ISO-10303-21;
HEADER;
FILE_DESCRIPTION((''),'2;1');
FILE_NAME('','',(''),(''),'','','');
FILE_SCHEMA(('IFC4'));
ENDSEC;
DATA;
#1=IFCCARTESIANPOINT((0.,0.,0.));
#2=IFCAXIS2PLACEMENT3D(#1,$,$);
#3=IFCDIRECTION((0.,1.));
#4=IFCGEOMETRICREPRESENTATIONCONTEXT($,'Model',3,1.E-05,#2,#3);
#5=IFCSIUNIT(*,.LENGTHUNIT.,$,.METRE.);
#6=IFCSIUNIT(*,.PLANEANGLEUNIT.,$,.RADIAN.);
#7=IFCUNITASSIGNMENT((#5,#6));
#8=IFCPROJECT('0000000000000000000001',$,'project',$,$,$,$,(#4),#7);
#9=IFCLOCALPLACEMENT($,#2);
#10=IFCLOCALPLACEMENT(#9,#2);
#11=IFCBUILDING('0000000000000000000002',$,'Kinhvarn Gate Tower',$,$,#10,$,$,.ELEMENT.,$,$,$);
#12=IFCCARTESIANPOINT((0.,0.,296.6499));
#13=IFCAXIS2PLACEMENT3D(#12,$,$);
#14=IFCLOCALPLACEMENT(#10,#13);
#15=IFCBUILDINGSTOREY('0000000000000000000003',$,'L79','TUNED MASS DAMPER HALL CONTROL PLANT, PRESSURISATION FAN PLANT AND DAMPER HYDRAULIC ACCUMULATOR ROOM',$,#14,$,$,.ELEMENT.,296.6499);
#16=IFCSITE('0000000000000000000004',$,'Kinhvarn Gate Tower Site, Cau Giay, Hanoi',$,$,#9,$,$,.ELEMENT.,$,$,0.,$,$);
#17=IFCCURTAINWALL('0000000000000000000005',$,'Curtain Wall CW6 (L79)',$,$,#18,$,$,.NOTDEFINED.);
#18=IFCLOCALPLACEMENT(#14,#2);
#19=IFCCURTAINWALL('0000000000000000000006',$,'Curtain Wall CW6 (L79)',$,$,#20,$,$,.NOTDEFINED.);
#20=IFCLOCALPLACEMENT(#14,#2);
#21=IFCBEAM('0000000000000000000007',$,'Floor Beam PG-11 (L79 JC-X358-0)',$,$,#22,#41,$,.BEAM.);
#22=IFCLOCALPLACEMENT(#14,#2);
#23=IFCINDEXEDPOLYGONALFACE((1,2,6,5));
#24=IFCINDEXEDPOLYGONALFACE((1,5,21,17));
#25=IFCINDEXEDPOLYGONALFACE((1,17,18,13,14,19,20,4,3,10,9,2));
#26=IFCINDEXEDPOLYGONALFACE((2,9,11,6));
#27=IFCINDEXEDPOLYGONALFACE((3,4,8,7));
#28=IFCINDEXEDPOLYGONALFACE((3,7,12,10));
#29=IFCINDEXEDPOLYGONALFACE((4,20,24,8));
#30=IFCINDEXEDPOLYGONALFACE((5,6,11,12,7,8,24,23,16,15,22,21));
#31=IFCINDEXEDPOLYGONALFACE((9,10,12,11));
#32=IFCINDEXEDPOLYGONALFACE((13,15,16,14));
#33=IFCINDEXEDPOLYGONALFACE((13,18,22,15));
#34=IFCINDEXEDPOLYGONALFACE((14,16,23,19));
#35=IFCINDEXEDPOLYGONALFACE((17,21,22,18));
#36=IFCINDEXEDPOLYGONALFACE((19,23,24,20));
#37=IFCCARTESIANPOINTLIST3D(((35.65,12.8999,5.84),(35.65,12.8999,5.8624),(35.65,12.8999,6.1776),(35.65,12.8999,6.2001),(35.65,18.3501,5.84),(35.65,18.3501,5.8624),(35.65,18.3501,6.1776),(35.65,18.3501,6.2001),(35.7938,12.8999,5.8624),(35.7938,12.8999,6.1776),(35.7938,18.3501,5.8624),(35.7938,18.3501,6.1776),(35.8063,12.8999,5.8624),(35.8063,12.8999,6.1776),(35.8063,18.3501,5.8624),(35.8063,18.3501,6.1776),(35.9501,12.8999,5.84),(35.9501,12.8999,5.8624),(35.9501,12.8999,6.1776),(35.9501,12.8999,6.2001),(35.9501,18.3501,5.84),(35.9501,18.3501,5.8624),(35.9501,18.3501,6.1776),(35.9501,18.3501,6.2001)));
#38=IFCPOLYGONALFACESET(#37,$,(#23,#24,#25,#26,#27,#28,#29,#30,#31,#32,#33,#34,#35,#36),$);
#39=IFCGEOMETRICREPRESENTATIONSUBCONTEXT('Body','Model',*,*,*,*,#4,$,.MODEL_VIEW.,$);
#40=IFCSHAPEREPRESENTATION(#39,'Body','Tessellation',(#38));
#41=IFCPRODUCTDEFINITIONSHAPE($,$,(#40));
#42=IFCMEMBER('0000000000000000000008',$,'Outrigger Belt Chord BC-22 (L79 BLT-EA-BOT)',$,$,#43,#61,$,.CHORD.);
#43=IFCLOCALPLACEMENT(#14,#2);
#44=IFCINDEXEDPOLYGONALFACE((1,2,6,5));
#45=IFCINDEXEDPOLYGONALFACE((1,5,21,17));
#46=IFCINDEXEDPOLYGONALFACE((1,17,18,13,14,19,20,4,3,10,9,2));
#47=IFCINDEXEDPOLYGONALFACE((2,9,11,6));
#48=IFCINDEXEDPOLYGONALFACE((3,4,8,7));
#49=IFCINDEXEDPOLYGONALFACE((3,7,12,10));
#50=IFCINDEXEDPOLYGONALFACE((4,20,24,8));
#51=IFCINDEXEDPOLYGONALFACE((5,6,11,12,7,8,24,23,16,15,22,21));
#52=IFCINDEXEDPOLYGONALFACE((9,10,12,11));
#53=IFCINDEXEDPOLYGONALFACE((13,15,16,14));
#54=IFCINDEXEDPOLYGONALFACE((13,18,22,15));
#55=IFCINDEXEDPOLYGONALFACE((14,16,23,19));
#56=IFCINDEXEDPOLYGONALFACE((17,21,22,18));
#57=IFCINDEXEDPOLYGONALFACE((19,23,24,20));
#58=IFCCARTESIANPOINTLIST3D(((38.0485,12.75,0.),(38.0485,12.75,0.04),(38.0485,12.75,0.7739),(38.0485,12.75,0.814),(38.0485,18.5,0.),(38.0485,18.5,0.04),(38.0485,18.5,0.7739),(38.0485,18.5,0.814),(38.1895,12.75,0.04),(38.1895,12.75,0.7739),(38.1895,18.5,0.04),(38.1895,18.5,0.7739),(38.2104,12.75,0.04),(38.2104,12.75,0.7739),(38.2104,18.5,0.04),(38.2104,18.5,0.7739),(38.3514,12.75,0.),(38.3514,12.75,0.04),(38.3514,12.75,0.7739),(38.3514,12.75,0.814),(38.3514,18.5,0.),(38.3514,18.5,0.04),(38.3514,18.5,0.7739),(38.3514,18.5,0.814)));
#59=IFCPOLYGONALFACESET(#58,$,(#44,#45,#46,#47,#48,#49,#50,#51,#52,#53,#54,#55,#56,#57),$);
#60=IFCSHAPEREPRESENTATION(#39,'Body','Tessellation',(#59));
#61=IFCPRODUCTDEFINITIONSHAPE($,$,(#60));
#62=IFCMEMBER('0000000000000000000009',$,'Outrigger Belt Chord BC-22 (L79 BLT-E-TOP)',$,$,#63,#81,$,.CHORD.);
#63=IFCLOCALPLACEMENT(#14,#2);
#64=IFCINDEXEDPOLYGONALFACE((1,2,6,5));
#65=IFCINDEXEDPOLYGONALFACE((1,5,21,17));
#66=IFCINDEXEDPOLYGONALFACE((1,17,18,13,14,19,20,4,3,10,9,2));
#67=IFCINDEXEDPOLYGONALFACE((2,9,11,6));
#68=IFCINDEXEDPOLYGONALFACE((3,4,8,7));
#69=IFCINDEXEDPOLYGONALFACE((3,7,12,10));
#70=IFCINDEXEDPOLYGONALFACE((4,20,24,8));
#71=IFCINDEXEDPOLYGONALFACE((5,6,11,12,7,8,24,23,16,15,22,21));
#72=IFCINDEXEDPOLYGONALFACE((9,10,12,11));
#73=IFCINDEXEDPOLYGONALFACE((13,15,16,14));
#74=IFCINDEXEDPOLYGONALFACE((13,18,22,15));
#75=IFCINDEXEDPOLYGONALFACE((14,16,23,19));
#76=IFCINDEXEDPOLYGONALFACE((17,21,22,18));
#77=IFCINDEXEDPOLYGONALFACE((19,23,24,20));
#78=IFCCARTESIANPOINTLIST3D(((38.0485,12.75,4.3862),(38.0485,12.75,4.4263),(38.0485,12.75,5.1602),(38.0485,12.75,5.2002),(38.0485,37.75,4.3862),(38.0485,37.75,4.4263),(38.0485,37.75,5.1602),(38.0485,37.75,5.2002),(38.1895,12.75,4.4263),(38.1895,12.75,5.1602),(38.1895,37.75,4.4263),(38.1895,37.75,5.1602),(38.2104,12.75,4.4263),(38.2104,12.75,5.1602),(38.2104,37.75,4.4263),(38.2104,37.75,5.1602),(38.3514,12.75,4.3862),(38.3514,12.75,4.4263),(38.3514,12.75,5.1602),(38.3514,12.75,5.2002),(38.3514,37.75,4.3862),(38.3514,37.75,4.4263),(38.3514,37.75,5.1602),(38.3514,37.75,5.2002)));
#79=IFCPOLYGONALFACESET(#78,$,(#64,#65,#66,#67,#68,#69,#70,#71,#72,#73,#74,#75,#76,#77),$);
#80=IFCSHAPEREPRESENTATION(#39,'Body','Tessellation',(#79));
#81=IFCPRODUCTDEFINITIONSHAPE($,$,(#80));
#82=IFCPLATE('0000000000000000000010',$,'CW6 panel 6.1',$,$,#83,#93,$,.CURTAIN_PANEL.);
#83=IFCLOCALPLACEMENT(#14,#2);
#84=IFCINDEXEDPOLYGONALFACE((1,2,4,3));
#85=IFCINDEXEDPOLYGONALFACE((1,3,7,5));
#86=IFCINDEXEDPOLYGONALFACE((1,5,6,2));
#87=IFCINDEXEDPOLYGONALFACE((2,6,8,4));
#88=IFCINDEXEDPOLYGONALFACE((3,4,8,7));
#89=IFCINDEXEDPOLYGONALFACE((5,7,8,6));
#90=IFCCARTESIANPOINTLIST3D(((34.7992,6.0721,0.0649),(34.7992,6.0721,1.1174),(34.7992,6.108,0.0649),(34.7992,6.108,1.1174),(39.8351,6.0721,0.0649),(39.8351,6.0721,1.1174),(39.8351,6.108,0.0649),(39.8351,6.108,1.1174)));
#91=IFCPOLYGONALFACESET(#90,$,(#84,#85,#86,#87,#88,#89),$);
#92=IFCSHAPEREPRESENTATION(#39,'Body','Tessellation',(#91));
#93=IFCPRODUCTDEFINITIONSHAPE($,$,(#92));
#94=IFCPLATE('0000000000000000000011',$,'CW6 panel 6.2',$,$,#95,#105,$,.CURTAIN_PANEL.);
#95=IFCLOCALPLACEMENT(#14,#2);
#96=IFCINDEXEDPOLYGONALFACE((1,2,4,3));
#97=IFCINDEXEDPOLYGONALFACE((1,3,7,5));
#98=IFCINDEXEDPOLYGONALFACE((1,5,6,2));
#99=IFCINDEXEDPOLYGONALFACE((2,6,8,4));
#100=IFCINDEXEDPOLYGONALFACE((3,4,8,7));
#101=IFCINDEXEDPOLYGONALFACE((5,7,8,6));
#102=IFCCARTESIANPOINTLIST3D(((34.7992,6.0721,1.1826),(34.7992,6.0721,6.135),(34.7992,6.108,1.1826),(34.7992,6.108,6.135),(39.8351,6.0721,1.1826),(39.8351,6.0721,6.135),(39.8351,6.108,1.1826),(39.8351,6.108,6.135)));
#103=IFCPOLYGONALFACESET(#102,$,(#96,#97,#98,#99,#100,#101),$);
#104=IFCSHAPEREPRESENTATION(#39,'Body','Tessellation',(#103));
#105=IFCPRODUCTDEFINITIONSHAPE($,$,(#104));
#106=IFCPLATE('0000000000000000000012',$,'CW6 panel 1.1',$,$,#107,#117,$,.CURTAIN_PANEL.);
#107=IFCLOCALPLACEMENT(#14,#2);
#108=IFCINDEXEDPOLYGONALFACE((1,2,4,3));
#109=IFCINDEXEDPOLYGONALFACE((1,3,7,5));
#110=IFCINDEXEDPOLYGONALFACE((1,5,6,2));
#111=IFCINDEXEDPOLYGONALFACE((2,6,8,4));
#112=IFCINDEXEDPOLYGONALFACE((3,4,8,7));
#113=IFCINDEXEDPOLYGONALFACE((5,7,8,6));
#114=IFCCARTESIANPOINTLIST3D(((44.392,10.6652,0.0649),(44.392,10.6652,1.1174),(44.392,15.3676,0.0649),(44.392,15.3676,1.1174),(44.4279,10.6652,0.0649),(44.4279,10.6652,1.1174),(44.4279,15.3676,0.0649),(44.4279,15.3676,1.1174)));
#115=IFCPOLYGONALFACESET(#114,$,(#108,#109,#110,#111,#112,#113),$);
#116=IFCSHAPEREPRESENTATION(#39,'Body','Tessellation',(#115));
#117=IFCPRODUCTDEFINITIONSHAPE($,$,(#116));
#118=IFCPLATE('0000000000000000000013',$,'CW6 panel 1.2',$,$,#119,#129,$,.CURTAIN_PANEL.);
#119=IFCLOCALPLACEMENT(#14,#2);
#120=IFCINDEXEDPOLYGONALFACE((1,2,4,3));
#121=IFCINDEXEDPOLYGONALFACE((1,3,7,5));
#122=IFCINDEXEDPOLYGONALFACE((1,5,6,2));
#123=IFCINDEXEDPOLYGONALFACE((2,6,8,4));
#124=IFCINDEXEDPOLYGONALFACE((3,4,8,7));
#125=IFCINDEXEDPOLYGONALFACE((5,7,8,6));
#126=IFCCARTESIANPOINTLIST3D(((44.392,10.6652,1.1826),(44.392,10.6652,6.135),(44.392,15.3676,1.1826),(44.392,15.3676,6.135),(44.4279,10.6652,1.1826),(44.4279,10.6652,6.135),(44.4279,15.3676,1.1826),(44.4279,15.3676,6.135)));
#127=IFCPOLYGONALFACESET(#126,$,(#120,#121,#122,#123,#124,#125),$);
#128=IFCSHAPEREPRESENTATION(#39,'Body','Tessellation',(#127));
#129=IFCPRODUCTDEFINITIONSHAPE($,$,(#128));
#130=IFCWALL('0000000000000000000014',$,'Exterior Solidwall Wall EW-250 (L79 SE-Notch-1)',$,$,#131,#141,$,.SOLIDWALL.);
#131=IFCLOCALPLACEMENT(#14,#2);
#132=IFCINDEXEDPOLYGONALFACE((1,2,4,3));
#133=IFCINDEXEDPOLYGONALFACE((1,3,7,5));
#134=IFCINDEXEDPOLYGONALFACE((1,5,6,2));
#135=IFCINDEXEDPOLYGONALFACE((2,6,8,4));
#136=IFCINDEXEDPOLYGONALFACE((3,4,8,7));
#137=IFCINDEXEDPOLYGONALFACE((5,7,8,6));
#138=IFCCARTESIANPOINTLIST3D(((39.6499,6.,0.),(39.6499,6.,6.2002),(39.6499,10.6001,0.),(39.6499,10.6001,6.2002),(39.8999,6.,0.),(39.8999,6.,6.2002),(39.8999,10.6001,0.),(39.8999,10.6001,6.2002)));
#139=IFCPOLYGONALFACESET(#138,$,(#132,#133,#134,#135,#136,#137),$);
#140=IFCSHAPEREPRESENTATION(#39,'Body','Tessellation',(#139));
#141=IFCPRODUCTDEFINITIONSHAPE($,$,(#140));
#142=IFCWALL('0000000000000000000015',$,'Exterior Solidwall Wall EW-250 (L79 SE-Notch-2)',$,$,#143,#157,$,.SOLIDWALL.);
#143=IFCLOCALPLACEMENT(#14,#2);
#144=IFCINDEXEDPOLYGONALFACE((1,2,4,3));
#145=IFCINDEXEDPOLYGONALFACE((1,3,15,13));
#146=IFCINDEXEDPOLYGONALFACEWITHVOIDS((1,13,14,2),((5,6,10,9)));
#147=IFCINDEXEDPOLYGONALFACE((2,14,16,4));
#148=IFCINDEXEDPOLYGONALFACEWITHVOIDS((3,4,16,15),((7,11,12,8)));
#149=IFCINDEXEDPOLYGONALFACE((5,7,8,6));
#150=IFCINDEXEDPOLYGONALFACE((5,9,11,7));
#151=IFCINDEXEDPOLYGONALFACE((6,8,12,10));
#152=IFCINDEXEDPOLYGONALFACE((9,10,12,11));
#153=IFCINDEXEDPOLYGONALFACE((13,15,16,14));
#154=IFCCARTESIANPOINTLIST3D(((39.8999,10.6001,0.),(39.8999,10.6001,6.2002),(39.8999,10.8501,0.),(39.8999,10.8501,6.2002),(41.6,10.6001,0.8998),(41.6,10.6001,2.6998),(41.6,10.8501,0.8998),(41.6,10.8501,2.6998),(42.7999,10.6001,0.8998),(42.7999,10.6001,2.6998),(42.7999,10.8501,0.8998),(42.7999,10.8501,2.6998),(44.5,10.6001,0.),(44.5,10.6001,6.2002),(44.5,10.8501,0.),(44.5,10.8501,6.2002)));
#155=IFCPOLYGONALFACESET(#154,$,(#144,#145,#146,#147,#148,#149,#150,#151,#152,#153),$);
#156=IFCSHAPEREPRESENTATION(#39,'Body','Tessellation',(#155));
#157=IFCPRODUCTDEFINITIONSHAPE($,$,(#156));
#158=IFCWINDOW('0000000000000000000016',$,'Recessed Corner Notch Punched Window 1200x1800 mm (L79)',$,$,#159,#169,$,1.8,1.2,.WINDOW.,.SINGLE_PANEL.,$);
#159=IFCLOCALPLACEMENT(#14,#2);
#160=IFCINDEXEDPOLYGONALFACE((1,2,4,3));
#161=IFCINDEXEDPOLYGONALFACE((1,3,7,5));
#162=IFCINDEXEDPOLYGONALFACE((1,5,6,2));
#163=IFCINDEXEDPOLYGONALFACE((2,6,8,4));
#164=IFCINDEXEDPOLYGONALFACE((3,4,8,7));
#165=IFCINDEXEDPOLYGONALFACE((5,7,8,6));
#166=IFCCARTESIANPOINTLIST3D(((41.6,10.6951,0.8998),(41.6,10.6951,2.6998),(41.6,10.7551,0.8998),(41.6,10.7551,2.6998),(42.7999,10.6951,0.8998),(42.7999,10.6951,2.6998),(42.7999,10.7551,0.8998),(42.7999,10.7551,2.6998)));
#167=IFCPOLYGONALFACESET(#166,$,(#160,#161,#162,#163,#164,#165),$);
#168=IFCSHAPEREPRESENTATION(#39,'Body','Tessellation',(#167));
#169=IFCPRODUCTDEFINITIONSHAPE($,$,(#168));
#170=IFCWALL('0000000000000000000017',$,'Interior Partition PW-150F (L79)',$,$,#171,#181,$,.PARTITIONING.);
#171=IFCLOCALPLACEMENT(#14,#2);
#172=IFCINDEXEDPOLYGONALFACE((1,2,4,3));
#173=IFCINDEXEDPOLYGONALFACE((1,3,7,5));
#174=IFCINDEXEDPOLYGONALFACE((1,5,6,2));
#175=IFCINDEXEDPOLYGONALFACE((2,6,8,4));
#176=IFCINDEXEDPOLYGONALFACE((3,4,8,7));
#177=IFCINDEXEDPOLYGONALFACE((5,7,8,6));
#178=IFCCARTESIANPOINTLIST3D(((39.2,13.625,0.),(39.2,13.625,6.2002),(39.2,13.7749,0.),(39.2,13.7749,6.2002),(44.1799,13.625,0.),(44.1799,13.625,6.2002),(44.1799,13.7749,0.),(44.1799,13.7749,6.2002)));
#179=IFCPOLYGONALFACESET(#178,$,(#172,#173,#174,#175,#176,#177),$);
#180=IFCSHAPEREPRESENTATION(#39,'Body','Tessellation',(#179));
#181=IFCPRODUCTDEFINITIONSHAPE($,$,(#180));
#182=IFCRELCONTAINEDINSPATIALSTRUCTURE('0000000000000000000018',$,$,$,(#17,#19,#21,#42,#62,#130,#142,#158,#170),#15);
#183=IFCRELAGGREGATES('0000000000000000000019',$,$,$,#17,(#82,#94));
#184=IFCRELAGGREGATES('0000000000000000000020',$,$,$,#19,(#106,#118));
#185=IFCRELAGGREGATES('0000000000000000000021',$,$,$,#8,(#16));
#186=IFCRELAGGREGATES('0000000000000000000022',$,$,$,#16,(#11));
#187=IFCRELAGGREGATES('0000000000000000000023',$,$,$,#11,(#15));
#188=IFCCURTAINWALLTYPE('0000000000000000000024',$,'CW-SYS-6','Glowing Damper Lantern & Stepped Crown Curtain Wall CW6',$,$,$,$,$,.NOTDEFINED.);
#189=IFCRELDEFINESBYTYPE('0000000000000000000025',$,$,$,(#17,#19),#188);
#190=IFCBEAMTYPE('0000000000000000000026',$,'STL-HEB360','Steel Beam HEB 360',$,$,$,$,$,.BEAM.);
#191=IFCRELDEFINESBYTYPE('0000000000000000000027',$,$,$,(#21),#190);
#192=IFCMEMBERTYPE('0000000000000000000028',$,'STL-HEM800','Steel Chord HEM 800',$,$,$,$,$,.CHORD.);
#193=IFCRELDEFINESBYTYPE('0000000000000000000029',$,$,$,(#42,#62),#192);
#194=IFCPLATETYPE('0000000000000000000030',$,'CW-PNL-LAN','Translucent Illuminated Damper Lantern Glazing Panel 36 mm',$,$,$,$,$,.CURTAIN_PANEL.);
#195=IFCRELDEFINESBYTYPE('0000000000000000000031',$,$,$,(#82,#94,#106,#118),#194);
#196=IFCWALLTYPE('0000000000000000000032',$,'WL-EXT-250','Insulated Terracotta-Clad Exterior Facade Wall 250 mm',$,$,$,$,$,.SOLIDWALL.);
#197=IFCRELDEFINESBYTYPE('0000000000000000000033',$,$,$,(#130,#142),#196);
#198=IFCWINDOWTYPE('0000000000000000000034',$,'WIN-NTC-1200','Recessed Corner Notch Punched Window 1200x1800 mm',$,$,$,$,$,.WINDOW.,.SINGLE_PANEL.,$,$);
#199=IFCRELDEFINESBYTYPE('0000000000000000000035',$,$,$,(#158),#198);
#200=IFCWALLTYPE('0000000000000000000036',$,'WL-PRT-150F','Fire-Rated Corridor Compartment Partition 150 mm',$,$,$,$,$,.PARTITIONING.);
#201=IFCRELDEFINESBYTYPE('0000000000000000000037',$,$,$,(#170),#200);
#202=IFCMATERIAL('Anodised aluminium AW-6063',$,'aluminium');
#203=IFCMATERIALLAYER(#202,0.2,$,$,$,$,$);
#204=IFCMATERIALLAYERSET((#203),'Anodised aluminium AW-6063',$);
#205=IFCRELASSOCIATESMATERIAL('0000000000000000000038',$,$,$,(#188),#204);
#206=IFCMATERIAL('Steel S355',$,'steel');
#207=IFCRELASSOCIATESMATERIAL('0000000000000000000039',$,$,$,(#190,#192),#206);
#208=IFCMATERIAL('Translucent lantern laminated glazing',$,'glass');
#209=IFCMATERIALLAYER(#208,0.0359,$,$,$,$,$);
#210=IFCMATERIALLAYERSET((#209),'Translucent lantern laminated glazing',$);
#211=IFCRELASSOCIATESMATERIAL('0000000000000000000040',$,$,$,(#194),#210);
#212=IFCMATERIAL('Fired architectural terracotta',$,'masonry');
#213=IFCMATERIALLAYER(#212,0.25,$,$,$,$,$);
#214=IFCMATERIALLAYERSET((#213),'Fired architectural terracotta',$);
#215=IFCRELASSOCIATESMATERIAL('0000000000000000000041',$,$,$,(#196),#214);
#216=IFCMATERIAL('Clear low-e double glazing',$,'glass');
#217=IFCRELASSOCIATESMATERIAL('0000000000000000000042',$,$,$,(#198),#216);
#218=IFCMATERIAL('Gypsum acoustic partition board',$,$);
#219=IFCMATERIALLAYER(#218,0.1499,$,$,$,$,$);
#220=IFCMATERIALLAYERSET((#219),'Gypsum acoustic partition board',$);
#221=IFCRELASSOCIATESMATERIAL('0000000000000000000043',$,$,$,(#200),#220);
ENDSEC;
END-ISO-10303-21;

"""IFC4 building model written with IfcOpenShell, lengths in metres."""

from ifc_helpers import new_model, si_unit, direction, frame, frame_2d, origin, origin_2d, place, context, subcontext, project, spatial, rectangle, i_section, extrude, material, layer, layer_set, material_profile, profile_set, type_object, element, fill, aggregate, save


model = new_model("IFC4")

# Units and contexts
model_context = context("Model", 3, precision=1e-05, world=origin(), true_north=direction((0.0, 1.0)))
body_context = subcontext(model_context, "Body", "Model", "MODEL_VIEW")
ifc_project = project(units=[si_unit("LENGTHUNIT", "METRE"), si_unit("PLANEANGLEUNIT", "RADIAN")], contexts=[model_context])

# Site, building, storey
site_placement = place(None, origin())
site = spatial("IfcSite", under=ifc_project, at=site_placement, Name="Kinhvarn Gate Tower Site, Cau Giay, Hanoi", CompositionType="ELEMENT", RefElevation=0.0)
building_placement = place(site_placement, origin())
building = spatial("IfcBuilding", under=site, at=building_placement, Name="Kinhvarn Gate Tower", CompositionType="ELEMENT")
storey_placement = place(building_placement, frame((0.0, 0.0, 296.6499)))
storey = spatial("IfcBuildingStorey", under=building, at=storey_placement, Name="L79", Description="TUNED MASS DAMPER HALL CONTROL PLANT, PRESSURISATION FAN PLANT AND DAMPER HYDRAULIC ACCUMULATOR ROOM", CompositionType="ELEMENT", Elevation=296.6499)

# Shared definitions
ifc_material_1 = material(Name="Steel S355", Category="steel")

# Curtain wall
ifc_material_2 = material(Name="Anodised aluminium AW-6063", Category="aluminium")
ifc_layer_1 = layer(ifc_material_2, 0.2)
ifc_layer_set_1 = layer_set([ifc_layer_1], Name="Anodised aluminium AW-6063")
curtain_wall_type = type_object("IfcCurtainWallType", Name="CW-SYS-6", Description="Glowing Damper Lantern & Stepped Crown Curtain Wall CW6", PredefinedType="NOTDEFINED", material=ifc_layer_set_1)
curtain_wall_1_placement = place(storey_placement, origin())
curtain_wall_1 = element("IfcCurtainWall", 1, at=curtain_wall_1_placement, inside=storey, type_object=curtain_wall_type, Name="Curtain Wall CW6 (L79)", PredefinedType="NOTDEFINED")

# Curtain wall
curtain_wall_2_placement = place(storey_placement, origin())
curtain_wall_2 = element("IfcCurtainWall", 2, at=curtain_wall_2_placement, inside=storey, type_object=curtain_wall_type, Name="Curtain Wall CW6 (L79)", PredefinedType="NOTDEFINED")

# Beam
ifc_material_profile_1 = material_profile(ifc_material_1, i_section(OverallWidth=0.3, OverallDepth=0.3601, WebThickness=0.0125, FlangeThickness=0.0225, at=origin_2d()), Name="HEB 360")
ifc_profile_set_1 = profile_set([ifc_material_profile_1], Name="Steel S355")
beam_type_1 = type_object("IfcBeamType", Name="STL-HEB360", Description="Steel Beam HEB 360", PredefinedType="BEAM", material=ifc_profile_set_1)
beam_1_placement = place(storey_placement, frame((35.8, 12.8999, 6.02), z_axis=(0.0, 1.0, 0.0), x_axis=(-1.0, 0.0, 0.0)))
element("IfcBeam", 3, at=beam_1_placement, inside=storey, type_object=beam_type_1, Name="Floor Beam PG-11 (L79 JC-X358-0)", PredefinedType="BEAM", context=body_context, shape_type="SweptSolid", body=[
    extrude(i_section(OverallWidth=0.3, OverallDepth=0.3601, WebThickness=0.0125, FlangeThickness=0.0225, at=origin_2d()), origin(), (0.0, 0.0, 1.0), 5.4502),
])

# Members
ifc_material_profile_2 = material_profile(ifc_material_1, i_section(OverallWidth=0.303, OverallDepth=0.814, WebThickness=0.021, FlangeThickness=0.04, at=origin_2d()), Name="HEM 800")
ifc_profile_set_2 = profile_set([ifc_material_profile_2], Name="Steel S355")
member_type_1 = type_object("IfcMemberType", Name="STL-HEM800", Description="Steel Chord HEM 800", PredefinedType="CHORD", material=ifc_profile_set_2)
member_1_placement = place(storey_placement, frame((38.2, 12.75, 0.407), z_axis=(0.0, 1.0, 0.0), x_axis=(-1.0, 0.0, 0.0)))
element("IfcMember", 4, at=member_1_placement, inside=storey, type_object=member_type_1, Name="Outrigger Belt Chord BC-22 (L79 BLT-EA-BOT)", PredefinedType="CHORD", context=body_context, shape_type="SweptSolid", body=[
    extrude(i_section(OverallWidth=0.303, OverallDepth=0.814, WebThickness=0.021, FlangeThickness=0.04, at=origin_2d()), origin(), (0.0, 0.0, 1.0), 5.75),
])
member_2_placement = place(storey_placement, frame((38.2, 12.75, 4.7932), z_axis=(0.0, 1.0, 0.0), x_axis=(-1.0, 0.0, 0.0)))
element("IfcMember", 5, at=member_2_placement, inside=storey, type_object=member_type_1, Name="Outrigger Belt Chord BC-22 (L79 BLT-E-TOP)", PredefinedType="CHORD", context=body_context, shape_type="SweptSolid", body=[
    extrude(i_section(OverallWidth=0.303, OverallDepth=0.814, WebThickness=0.021, FlangeThickness=0.04, at=origin_2d()), origin(), (0.0, 0.0, 1.0), 25.0),
])

# Plates
ifc_material_3 = material(Name="Translucent lantern laminated glazing", Category="glass")
ifc_layer_2 = layer(ifc_material_3, 0.0359)
ifc_layer_set_2 = layer_set([ifc_layer_2], Name="Translucent lantern laminated glazing")
plate_type = type_object("IfcPlateType", Name="CW-PNL-LAN", Description="Translucent Illuminated Damper Lantern Glazing Panel 36 mm", PredefinedType="CURTAIN_PANEL", material=ifc_layer_set_2)
plate_1_placement = place(storey_placement, frame((37.3171, 6.0901, 0.0649), z_axis=(0.0, 0.0, 1.0), x_axis=(1.0, 0.0, 0.0)))
plate_1 = element("IfcPlate", 6, at=plate_1_placement, type_object=plate_type, Name="CW6 panel 6.1", PredefinedType="CURTAIN_PANEL", context=body_context, shape_type="SweptSolid", body=[
    extrude(rectangle(XDim=5.0359, YDim=0.0359, at=origin_2d()), origin(), (0.0, 0.0, 1.0), 1.0525),
])
plate_2_placement = place(storey_placement, frame((37.3171, 6.0901, 1.1826), z_axis=(0.0, 0.0, 1.0), x_axis=(1.0, 0.0, 0.0)))
plate_2 = element("IfcPlate", 7, at=plate_2_placement, type_object=plate_type, Name="CW6 panel 6.2", PredefinedType="CURTAIN_PANEL", context=body_context, shape_type="SweptSolid", body=[
    extrude(rectangle(XDim=5.0359, YDim=0.0359, at=origin_2d()), origin(), (0.0, 0.0, 1.0), 4.9524),
])
aggregate(curtain_wall_1, [plate_1, plate_2])
plate_3_placement = place(storey_placement, frame((44.4099, 13.0164, 0.0649), z_axis=(0.0, 0.0, 1.0), x_axis=(0.0, 1.0, 0.0)))
plate_3 = element("IfcPlate", 8, at=plate_3_placement, type_object=plate_type, Name="CW6 panel 1.1", PredefinedType="CURTAIN_PANEL", context=body_context, shape_type="SweptSolid", body=[
    extrude(rectangle(XDim=4.7024, YDim=0.0359, at=origin_2d()), origin(), (0.0, 0.0, 1.0), 1.0525),
])
plate_4_placement = place(storey_placement, frame((44.4099, 13.0164, 1.1826), z_axis=(0.0, 0.0, 1.0), x_axis=(0.0, 1.0, 0.0)))
plate_4 = element("IfcPlate", 9, at=plate_4_placement, type_object=plate_type, Name="CW6 panel 1.2", PredefinedType="CURTAIN_PANEL", context=body_context, shape_type="SweptSolid", body=[
    extrude(rectangle(XDim=4.7024, YDim=0.0359, at=origin_2d()), origin(), (0.0, 0.0, 1.0), 4.9524),
])
aggregate(curtain_wall_2, [plate_3, plate_4])

# Wall
ifc_material_4 = material(Name="Fired architectural terracotta", Category="masonry")
ifc_layer_3 = layer(ifc_material_4, 0.25)
ifc_layer_set_3 = layer_set([ifc_layer_3], Name="Fired architectural terracotta")
wall_type_1 = type_object("IfcWallType", Name="WL-EXT-250", Description="Insulated Terracotta-Clad Exterior Facade Wall 250 mm", PredefinedType="SOLIDWALL", material=ifc_layer_set_3)
wall_1_placement = place(storey_placement, frame((39.7749, 6.0, 0.0), z_axis=(0.0, 0.0, 1.0), x_axis=(0.0, 1.0, 0.0)))
element("IfcWall", 10, at=wall_1_placement, inside=storey, type_object=wall_type_1, Name="Exterior Solidwall Wall EW-250 (L79 SE-Notch-1)", PredefinedType="SOLIDWALL", context=body_context, shape_type="SweptSolid", body=[
    extrude(rectangle(XDim=4.6001, YDim=0.25, at=frame_2d((2.3, 0.0))), origin(), (0.0, 0.0, 1.0), 6.2002),
])

# Wall, opening, window
wall_2_placement = place(storey_placement, frame((39.8999, 10.7251, 0.0), z_axis=(0.0, 0.0, 1.0), x_axis=(1.0, 0.0, 0.0)))
wall_2 = element("IfcWall", 11, at=wall_2_placement, inside=storey, type_object=wall_type_1, Name="Exterior Solidwall Wall EW-250 (L79 SE-Notch-2)", PredefinedType="SOLIDWALL", context=body_context, shape_type="SweptSolid", body=[
    extrude(rectangle(XDim=4.6001, YDim=0.25, at=frame_2d((2.3, 0.0))), origin(), (0.0, 0.0, 1.0), 6.2002),
])
opening_placement = place(wall_2_placement, frame((1.7, 0.0, 0.8999)))
opening = element("IfcOpeningElement", 12, at=opening_placement, cuts=wall_2, PredefinedType="OPENING", context=body_context, shape_type="SweptSolid", body=[
    extrude(rectangle(XDim=1.2, YDim=1.8, at=frame_2d((0.6001, 0.8999))), frame((0.0, 0.135, 0.0), z_axis=(0.0, -1.0, 0.0), x_axis=(1.0, 0.0, 0.0)), (0.0, 0.0, 1.0), 0.27),
])
ifc_material_5 = material(Name="Clear low-e double glazing", Category="glass")
window_type = type_object("IfcWindowType", Name="WIN-NTC-1200", Description="Recessed Corner Notch Punched Window 1200x1800 mm", PartitioningType="SINGLE_PANEL", PredefinedType="WINDOW", material=ifc_material_5)
window_placement = place(opening_placement, origin())
window = element("IfcWindow", 13, at=window_placement, inside=storey, type_object=window_type, Name="Recessed Corner Notch Punched Window 1200x1800 mm (L79)", OverallHeight=1.8, OverallWidth=1.2, PartitioningType="SINGLE_PANEL", PredefinedType="WINDOW", context=body_context, shape_type="SweptSolid", body=[
    extrude(rectangle(XDim=1.2, YDim=1.8, at=frame_2d((0.6001, 0.8999))), frame((0.0, 0.03, 0.0), z_axis=(0.0, -1.0, 0.0), x_axis=(1.0, 0.0, 0.0)), (0.0, 0.0, 1.0), 0.0601),
])
fill(opening, window)

# Wall
ifc_material_6 = material(Name="Gypsum acoustic partition board")
ifc_layer_4 = layer(ifc_material_6, 0.1499)
ifc_layer_set_4 = layer_set([ifc_layer_4], Name="Gypsum acoustic partition board")
wall_type_2 = type_object("IfcWallType", Name="WL-PRT-150F", Description="Fire-Rated Corridor Compartment Partition 150 mm", PredefinedType="PARTITIONING", material=ifc_layer_set_4)
wall_3_placement = place(storey_placement, frame((44.1799, 13.7, 0.0), z_axis=(0.0, 0.0, 1.0), x_axis=(-1.0, 0.0, 0.0)))
element("IfcWall", 14, at=wall_3_placement, inside=storey, type_object=wall_type_2, Name="Interior Partition PW-150F (L79)", PredefinedType="PARTITIONING", context=body_context, shape_type="SweptSolid", body=[
    extrude(rectangle(XDim=4.98, YDim=0.1499, at=frame_2d((2.49, 0.0))), origin(), (0.0, 0.0, 1.0), 6.2002),
])

save(model, "model.ifc")
